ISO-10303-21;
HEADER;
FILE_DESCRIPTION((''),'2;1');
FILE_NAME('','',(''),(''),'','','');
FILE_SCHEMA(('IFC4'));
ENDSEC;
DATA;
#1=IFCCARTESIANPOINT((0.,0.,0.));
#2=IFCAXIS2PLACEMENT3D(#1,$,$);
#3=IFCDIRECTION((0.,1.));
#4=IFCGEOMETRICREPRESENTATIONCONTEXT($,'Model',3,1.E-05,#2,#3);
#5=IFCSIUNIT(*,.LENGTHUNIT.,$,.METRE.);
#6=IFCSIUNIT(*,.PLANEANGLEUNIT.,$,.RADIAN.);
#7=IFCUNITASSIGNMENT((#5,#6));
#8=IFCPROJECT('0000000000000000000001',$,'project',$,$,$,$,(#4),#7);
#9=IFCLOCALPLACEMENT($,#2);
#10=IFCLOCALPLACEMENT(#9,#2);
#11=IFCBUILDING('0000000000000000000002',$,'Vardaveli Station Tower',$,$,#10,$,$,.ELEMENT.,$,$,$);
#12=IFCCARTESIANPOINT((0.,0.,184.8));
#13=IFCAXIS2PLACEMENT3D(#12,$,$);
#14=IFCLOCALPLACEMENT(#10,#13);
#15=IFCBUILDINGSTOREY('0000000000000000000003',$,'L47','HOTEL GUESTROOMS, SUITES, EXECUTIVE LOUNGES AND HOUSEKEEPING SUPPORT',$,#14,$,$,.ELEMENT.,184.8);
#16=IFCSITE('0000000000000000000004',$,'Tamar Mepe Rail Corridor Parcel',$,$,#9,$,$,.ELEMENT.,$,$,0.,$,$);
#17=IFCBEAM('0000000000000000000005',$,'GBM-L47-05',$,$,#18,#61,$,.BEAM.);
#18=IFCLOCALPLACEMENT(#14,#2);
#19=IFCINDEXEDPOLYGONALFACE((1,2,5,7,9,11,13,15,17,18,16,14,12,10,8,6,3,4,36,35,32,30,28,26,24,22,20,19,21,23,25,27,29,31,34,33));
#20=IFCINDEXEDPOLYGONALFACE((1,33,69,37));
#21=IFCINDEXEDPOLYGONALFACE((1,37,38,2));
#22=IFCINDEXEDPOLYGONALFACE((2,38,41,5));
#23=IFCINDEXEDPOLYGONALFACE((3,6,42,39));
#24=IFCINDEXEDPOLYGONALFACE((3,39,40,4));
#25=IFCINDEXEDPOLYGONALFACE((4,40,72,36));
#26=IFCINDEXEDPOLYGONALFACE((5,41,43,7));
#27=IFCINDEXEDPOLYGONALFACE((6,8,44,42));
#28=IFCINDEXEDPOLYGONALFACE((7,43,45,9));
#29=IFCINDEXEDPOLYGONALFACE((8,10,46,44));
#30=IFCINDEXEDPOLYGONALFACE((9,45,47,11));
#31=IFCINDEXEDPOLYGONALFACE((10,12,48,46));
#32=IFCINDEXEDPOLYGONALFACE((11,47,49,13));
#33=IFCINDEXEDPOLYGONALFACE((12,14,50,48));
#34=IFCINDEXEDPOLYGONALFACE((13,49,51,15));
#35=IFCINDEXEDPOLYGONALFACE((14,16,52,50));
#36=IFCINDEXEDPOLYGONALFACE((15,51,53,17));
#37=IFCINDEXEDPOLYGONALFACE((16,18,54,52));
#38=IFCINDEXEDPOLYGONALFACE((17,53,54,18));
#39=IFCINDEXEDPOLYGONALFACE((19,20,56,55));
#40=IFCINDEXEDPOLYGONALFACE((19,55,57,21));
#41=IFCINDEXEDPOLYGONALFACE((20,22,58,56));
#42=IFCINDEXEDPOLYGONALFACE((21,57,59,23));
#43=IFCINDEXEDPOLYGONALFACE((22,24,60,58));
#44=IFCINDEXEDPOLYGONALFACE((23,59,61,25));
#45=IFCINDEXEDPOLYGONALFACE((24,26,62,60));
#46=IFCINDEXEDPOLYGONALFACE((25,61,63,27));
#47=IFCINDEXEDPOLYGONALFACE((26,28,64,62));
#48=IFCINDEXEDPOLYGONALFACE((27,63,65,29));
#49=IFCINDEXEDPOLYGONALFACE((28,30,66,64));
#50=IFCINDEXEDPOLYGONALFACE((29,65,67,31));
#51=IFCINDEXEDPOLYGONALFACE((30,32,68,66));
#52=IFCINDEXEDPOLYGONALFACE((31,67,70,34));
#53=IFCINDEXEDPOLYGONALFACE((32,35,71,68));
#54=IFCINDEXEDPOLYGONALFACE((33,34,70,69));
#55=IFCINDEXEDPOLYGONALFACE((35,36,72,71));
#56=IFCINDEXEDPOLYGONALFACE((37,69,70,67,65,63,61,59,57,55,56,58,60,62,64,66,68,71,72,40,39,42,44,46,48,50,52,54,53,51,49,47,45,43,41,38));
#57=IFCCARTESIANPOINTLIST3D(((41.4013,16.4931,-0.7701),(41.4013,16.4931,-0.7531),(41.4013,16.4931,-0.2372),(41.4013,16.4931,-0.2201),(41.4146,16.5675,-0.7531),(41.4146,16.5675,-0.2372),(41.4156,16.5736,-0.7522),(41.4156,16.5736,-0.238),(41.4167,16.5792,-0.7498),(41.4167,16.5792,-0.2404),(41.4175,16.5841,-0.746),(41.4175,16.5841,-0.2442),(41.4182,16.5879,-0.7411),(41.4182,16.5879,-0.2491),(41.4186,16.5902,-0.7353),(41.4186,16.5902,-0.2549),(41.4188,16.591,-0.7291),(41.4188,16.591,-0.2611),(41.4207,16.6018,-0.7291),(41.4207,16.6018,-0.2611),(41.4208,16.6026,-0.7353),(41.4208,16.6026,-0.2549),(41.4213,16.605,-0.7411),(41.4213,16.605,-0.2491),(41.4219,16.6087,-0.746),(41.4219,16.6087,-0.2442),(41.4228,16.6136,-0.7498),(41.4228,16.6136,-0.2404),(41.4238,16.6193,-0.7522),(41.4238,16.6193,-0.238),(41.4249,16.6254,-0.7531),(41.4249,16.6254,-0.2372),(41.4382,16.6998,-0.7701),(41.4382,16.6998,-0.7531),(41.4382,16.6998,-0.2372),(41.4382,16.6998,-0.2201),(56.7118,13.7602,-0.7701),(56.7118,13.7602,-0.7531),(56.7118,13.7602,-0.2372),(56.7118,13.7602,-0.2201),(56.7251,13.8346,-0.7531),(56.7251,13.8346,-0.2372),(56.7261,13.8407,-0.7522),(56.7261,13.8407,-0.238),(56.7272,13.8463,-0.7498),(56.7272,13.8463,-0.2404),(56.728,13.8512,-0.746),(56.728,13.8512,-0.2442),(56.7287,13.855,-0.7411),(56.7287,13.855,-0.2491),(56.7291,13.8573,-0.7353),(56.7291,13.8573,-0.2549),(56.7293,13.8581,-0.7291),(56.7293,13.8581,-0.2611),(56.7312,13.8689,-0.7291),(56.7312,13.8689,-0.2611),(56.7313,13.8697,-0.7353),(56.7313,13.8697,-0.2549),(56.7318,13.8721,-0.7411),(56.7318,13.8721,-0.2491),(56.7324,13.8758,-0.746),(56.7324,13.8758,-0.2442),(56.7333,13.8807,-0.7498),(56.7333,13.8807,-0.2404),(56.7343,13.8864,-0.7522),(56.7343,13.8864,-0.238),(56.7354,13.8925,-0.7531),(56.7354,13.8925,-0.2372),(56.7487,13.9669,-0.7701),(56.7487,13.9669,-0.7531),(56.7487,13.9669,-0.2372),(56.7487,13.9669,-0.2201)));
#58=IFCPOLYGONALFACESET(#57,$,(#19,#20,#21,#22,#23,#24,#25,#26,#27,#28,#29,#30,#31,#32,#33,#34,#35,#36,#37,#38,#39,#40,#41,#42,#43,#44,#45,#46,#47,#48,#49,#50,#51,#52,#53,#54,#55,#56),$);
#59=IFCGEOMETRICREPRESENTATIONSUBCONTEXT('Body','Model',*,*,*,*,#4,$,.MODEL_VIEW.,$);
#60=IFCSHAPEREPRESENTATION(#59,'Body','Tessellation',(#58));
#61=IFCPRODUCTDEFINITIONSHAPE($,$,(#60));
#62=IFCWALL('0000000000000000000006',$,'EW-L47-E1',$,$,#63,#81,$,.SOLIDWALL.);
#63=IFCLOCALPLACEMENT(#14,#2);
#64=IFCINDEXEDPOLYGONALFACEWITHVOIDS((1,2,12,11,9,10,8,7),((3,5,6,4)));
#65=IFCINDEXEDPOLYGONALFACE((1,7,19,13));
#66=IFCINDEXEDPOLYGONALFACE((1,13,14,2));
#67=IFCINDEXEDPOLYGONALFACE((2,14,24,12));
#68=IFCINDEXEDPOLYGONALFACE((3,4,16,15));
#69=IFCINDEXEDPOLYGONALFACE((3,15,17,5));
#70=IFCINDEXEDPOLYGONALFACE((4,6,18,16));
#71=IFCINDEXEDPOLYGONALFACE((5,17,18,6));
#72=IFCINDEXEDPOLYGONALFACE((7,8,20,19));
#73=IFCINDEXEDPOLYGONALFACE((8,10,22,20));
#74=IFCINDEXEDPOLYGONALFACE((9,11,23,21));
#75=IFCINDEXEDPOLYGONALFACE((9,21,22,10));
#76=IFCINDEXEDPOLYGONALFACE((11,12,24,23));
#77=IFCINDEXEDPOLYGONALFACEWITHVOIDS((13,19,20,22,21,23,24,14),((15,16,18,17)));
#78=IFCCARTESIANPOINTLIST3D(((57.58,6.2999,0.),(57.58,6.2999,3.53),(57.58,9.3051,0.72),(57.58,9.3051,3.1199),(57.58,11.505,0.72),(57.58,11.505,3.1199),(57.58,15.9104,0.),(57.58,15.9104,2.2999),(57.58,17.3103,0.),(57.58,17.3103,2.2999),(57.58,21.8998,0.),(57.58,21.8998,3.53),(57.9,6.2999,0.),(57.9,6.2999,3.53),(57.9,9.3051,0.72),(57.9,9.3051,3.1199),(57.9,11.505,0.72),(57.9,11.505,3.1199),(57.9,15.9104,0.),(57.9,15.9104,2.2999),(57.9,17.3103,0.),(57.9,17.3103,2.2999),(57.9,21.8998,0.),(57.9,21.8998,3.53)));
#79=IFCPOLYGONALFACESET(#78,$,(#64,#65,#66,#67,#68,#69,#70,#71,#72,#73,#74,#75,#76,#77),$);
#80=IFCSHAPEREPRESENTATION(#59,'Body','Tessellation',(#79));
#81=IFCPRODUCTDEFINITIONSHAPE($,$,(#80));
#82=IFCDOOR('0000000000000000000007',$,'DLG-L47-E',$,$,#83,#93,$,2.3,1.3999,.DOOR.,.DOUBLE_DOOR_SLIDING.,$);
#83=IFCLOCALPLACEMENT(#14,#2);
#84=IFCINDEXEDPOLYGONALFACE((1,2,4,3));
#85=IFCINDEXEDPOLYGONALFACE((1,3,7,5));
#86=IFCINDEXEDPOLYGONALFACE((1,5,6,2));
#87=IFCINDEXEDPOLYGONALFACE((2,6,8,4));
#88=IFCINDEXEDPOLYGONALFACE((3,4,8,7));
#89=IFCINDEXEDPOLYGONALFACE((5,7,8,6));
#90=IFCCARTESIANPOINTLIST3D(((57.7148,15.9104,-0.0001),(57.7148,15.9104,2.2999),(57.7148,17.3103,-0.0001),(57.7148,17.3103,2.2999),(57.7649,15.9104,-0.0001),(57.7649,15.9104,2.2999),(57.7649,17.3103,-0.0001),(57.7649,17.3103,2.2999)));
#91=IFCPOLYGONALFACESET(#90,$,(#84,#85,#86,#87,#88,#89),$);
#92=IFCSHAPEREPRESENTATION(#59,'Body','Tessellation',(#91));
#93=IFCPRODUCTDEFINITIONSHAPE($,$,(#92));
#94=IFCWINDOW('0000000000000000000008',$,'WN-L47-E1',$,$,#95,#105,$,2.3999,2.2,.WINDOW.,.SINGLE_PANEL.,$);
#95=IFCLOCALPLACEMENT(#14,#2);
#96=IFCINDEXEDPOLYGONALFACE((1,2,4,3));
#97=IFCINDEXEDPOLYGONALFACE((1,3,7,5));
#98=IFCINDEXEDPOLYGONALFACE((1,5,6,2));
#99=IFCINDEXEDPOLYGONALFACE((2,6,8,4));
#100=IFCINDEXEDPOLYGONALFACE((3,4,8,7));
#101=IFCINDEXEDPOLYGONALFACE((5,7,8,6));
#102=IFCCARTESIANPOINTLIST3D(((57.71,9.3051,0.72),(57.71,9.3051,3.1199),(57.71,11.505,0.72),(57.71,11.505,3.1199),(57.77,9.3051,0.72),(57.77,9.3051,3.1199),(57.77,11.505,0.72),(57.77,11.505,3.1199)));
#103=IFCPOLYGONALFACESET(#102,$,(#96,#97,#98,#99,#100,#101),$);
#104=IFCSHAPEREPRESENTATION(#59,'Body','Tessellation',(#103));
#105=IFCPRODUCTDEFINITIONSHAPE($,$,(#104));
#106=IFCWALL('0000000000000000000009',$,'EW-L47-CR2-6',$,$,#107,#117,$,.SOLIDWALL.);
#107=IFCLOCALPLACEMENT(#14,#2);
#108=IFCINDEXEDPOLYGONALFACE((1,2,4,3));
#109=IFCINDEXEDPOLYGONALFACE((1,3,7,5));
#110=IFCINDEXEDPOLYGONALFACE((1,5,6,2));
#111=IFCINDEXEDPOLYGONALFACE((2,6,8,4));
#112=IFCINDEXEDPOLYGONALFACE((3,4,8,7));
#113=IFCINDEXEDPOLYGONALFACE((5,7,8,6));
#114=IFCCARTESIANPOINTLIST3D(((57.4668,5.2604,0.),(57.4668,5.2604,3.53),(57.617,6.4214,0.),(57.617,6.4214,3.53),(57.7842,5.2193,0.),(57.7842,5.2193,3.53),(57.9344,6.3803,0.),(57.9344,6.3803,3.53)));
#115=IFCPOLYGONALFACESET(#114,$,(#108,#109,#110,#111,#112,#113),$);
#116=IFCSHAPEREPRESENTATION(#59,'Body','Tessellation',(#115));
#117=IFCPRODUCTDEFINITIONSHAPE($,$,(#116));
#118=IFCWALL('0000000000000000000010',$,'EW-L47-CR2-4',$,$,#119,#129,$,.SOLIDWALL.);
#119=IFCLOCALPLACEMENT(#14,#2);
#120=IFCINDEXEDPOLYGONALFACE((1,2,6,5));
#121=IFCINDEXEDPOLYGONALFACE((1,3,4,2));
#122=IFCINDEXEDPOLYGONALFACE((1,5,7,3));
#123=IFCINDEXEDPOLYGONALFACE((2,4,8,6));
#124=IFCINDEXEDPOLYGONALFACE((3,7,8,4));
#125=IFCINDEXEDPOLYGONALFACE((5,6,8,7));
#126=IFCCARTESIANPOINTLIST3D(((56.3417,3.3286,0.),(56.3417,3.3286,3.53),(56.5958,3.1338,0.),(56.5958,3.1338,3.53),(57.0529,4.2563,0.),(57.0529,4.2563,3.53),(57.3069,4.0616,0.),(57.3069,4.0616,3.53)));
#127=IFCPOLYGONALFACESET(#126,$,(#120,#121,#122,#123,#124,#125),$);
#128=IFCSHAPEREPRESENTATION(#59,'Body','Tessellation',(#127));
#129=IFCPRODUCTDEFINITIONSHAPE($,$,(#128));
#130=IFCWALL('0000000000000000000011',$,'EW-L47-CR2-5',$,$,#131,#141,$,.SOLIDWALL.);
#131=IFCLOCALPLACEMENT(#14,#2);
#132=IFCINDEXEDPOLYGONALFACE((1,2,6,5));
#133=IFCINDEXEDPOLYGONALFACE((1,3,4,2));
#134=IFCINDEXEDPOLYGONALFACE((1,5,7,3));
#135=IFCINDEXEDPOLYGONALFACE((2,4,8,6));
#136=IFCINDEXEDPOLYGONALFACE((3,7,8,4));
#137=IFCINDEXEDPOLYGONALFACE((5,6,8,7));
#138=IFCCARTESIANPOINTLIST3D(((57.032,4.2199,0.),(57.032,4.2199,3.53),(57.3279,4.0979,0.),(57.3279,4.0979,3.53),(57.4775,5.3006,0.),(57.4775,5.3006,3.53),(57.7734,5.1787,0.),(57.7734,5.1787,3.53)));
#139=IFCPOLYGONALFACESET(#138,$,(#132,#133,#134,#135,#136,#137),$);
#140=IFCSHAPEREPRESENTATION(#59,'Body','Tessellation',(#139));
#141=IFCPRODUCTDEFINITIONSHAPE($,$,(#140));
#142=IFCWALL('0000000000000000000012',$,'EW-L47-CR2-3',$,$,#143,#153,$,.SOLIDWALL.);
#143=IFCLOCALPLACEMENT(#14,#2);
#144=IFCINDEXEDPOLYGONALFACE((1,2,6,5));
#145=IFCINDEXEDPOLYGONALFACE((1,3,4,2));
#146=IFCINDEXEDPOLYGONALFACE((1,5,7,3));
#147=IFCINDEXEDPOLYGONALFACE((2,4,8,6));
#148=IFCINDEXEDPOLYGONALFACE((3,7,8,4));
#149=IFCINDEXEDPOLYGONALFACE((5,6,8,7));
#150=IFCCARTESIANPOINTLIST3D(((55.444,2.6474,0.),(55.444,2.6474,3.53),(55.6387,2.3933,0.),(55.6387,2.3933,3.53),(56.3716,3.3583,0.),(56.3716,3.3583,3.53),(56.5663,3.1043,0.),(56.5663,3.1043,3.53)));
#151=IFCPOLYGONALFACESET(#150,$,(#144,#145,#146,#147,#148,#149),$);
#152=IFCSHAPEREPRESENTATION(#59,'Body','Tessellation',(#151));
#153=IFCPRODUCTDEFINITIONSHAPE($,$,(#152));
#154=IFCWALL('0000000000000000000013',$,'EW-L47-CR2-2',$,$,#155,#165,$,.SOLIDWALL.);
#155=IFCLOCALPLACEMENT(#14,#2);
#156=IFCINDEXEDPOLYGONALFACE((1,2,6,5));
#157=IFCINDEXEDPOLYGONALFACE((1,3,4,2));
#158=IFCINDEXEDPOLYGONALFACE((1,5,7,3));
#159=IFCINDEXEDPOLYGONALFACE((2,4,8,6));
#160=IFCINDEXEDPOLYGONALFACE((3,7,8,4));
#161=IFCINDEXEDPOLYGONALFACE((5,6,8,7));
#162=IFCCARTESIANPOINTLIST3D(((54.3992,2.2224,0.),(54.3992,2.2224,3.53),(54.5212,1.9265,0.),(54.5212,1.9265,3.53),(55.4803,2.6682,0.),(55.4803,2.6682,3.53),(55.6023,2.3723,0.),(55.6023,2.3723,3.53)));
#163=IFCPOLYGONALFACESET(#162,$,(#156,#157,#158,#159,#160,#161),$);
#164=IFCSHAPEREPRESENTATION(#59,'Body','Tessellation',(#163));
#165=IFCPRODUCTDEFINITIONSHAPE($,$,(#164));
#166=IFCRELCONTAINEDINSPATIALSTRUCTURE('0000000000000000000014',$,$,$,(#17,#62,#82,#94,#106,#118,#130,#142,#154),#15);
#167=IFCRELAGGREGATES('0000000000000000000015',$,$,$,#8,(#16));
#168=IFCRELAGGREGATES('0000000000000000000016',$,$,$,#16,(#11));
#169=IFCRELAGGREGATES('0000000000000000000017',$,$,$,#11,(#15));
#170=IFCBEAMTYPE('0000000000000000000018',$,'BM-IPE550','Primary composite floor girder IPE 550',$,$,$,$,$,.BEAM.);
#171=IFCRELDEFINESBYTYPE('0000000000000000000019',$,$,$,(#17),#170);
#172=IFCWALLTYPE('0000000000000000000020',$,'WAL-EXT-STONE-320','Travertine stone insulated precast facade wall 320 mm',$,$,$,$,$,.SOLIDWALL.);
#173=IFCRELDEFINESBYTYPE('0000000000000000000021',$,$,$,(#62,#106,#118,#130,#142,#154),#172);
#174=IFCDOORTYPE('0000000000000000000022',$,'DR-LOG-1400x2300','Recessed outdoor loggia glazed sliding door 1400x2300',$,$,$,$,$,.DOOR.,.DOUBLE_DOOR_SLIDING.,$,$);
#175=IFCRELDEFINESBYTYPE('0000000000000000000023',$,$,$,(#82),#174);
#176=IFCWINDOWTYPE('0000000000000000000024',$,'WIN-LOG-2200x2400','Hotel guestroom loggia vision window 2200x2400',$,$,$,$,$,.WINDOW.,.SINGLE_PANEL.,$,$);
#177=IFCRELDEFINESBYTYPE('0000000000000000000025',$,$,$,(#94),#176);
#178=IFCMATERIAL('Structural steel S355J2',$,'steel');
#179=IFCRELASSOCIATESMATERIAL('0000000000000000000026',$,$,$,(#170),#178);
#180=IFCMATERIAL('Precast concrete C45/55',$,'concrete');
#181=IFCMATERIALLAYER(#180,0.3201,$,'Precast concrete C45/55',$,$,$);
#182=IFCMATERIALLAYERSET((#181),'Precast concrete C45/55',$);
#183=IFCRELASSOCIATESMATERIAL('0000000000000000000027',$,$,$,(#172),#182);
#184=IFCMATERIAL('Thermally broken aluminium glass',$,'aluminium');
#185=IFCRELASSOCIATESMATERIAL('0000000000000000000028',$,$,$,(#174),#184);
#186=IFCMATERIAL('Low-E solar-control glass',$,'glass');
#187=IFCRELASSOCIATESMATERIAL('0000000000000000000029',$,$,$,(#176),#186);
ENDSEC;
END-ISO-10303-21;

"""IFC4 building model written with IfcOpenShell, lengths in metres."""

from ifc_helpers import new_model, si_unit, direction, frame, frame_2d, origin, origin_2d, place, context, subcontext, project, spatial, rectangle, i_section, extrude, source, transform, mapped, material, layer, layer_set, material_profile, profile_set, type_object, element, fill, save


model = new_model("IFC4")

# Units and contexts
model_context = context("Model", 3, precision=1e-05, world=origin(), true_north=direction((0.0, 1.0)))
body_context = subcontext(model_context, "Body", "Model", "MODEL_VIEW")
ifc_project = project(units=[si_unit("LENGTHUNIT", "METRE"), si_unit("PLANEANGLEUNIT", "RADIAN")], contexts=[model_context])

# Site, building, storey
site_placement = place(None, origin())
site = spatial("IfcSite", under=ifc_project, at=site_placement, Name="Tamar Mepe Rail Corridor Parcel", CompositionType="ELEMENT", RefElevation=0.0)
building_placement = place(site_placement, origin())
building = spatial("IfcBuilding", under=site, at=building_placement, Name="Vardaveli Station Tower", CompositionType="ELEMENT")
storey_placement = place(building_placement, frame((0.0, 0.0, 184.8)))
storey = spatial("IfcBuildingStorey", under=building, at=storey_placement, Name="L47", Description="HOTEL GUESTROOMS, SUITES, EXECUTIVE LOUNGES AND HOUSEKEEPING SUPPORT", CompositionType="ELEMENT", Elevation=184.8)

# Beam
ifc_material_1 = material(Name="Precast concrete C45/55", Category="concrete")
ifc_material_2 = material(Name="Structural steel S355J2", Category="steel")
ifc_material_profile_1 = material_profile(ifc_material_2, i_section(OverallWidth=0.21, OverallDepth=0.55, WebThickness=0.011, FlangeThickness=0.0171, FilletRadius=0.0239, at=origin_2d()), Name="IPE 550")
ifc_profile_set_1 = profile_set([ifc_material_profile_1], Name="Structural steel S355J2")
beam_type_1 = type_object("IfcBeamType", Name="BM-IPE550", Description="Primary composite floor girder IPE 550", PredefinedType="BEAM", material=ifc_profile_set_1)
shared_shape_1 = source(origin(), body_context, "Body", "SweptSolid", [
    extrude(i_section(OverallWidth=0.21, OverallDepth=0.55, WebThickness=0.011, FlangeThickness=0.0171, FilletRadius=0.0239, at=origin_2d()), origin(), (0.0, 0.0, 1.0), 15.5525),
])
beam_1_placement = place(storey_placement, frame((56.7302, 13.8635, -0.4951), z_axis=(-0.98444, 0.175721, 0.0), x_axis=(-0.175721, -0.98444, 0.0)))
element("IfcBeam", 1, at=beam_1_placement, inside=storey, type_object=beam_type_1, Name="GBM-L47-05", PredefinedType="BEAM", context=body_context, shape_type="MappedRepresentation", body=[
    mapped(shared_shape_1, transform((0.0, 0.0, 0.0), scale=1.0)),
])

# Wall, openings, door, window
ifc_layer_1 = layer(ifc_material_1, 0.3201, Name="Precast concrete C45/55")
ifc_layer_set_1 = layer_set([ifc_layer_1], Name="Precast concrete C45/55")
wall_type_1 = type_object("IfcWallType", Name="WAL-EXT-STONE-320", Description="Travertine stone insulated precast facade wall 320 mm", PredefinedType="SOLIDWALL", material=ifc_layer_set_1)
shared_shape_2 = source(origin(), body_context, "Body", "SweptSolid", [
    extrude(rectangle(XDim=15.5999, YDim=0.3201, at=frame_2d((7.7998, 0.0))), origin(), (0.0, 0.0, 1.0), 3.53),
])
wall_1_placement = place(storey_placement, frame((57.74, 6.3, 0.0), z_axis=(0.0, 0.0, 1.0), x_axis=(0.0, 1.0, 0.0)))
wall_1 = element("IfcWall", 2, at=wall_1_placement, inside=storey, type_object=wall_type_1, Name="EW-L47-E1", PredefinedType="SOLIDWALL", context=body_context, shape_type="MappedRepresentation", body=[
    mapped(shared_shape_2, transform((0.0, 0.0, 0.0), scale=1.0)),
])
shared_shape_3 = source(origin(), body_context, "Body", "SweptSolid", [
    extrude(rectangle(XDim=1.3999, YDim=2.3, at=frame_2d((0.7, 1.1499))), frame((0.0, 0.1699, 0.0), z_axis=(0.0, -1.0, 0.0), x_axis=(1.0, 0.0, 0.0)), (0.0, 0.0, 1.0), 0.3401),
])
opening_1_placement = place(wall_1_placement, frame((9.6104, 0.0, 0.0)))
opening_1 = element("IfcOpeningElement", 3, at=opening_1_placement, cuts=wall_1, PredefinedType="OPENING", context=body_context, shape_type="MappedRepresentation", body=[
    mapped(shared_shape_3, transform((0.0, 0.0, 0.0), scale=1.0)),
])
shared_shape_4 = source(origin(), body_context, "Body", "SweptSolid", [
    extrude(rectangle(XDim=2.2, YDim=2.3999, at=frame_2d((1.1001, 1.2))), frame((0.0, 0.1699, 0.0), z_axis=(0.0, -1.0, 0.0), x_axis=(1.0, 0.0, 0.0)), (0.0, 0.0, 1.0), 0.3401),
])
opening_2_placement = place(wall_1_placement, frame((3.0049, 0.0, 0.72)))
opening_2 = element("IfcOpeningElement", 4, at=opening_2_placement, cuts=wall_1, PredefinedType="OPENING", context=body_context, shape_type="MappedRepresentation", body=[
    mapped(shared_shape_4, transform((0.0, 0.0, 0.0), scale=1.0)),
])
ifc_material_3 = material(Name="Thermally broken aluminium glass", Category="aluminium")
door_type_1 = type_object("IfcDoorType", Name="DR-LOG-1400x2300", Description="Recessed outdoor loggia glazed sliding door 1400x2300", OperationType="DOUBLE_DOOR_SLIDING", PredefinedType="DOOR", material=ifc_material_3)
shared_shape_5 = source(origin(), body_context, "Body", "SweptSolid", [
    extrude(rectangle(XDim=1.3999, YDim=2.3, at=frame_2d((0.7, 1.1499))), frame((0.0, 0.0249, 0.0), z_axis=(0.0, -1.0, 0.0), x_axis=(1.0, 0.0, 0.0)), (0.0, 0.0, 1.0), 0.05),
])
door_1_placement = place(opening_1_placement, frame((1.3999, 0.0, 0.0), z_axis=(0.0, 0.0, 1.0), x_axis=(-1.0, 0.0, 0.0)))
door_1 = element("IfcDoor", 5, at=door_1_placement, inside=storey, type_object=door_type_1, Name="DLG-L47-E", OperationType="DOUBLE_DOOR_SLIDING", OverallHeight=2.3, OverallWidth=1.3999, PredefinedType="DOOR", context=body_context, shape_type="MappedRepresentation", body=[
    mapped(shared_shape_5, transform((0.0, 0.0, 0.0), scale=1.0)),
])
fill(opening_1, door_1)
ifc_material_4 = material(Name="Low-E solar-control glass", Category="glass")
window_type = type_object("IfcWindowType", Name="WIN-LOG-2200x2400", Description="Hotel guestroom loggia vision window 2200x2400", PartitioningType="SINGLE_PANEL", PredefinedType="WINDOW", material=ifc_material_4)
shared_shape_6 = source(origin(), body_context, "Body", "SweptSolid", [
    extrude(rectangle(XDim=2.2, YDim=2.3999, at=frame_2d((1.1001, 1.2))), frame((0.0, 0.03, 0.0), z_axis=(0.0, -1.0, 0.0), x_axis=(1.0, 0.0, 0.0)), (0.0, 0.0, 1.0), 0.0601),
])
window_placement = place(opening_2_placement, origin())
window = element("IfcWindow", 6, at=window_placement, inside=storey, type_object=window_type, Name="WN-L47-E1", OverallHeight=2.3999, OverallWidth=2.2, PartitioningType="SINGLE_PANEL", PredefinedType="WINDOW", context=body_context, shape_type="MappedRepresentation", body=[
    mapped(shared_shape_6, transform((0.0, 0.0, 0.0), scale=1.0)),
])
fill(opening_2, window)

# Walls
shared_shape_7 = source(origin(), body_context, "Body", "SweptSolid", [
    extrude(rectangle(XDim=1.1707, YDim=0.3201, at=frame_2d((0.5854, 0.0))), origin(), (0.0, 0.0, 1.0), 3.53),
])
wall_2_placement = place(storey_placement, frame((57.6255, 5.2397, 0.0), z_axis=(0.0, 0.0, 1.0), x_axis=(0.128269, 0.991739, 0.0)))
element("IfcWall", 7, at=wall_2_placement, inside=storey, type_object=wall_type_1, Name="EW-L47-CR2-6", PredefinedType="SOLIDWALL", context=body_context, shape_type="MappedRepresentation", body=[
    mapped(shared_shape_7, transform((0.0, 0.0, 0.0), scale=1.0)),
])
shared_shape_8 = source(origin(), body_context, "Body", "SweptSolid", [
    extrude(rectangle(XDim=1.1689, YDim=0.3201, at=frame_2d((0.5845, 0.0))), origin(), (0.0, 0.0, 1.0), 3.53),
])
for number, where, z_axis, x_axis, name in (
    (8, (56.4688, 3.2312, 0.0), (0.0, 0.0, 1.0), (0.608388, 0.79364, 0.0), "EW-L47-CR2-4"),
    (9, (57.1799, 4.1589, 0.0), (0.0, 0.0, 1.0), (0.381128, 0.924522, 0.0), "EW-L47-CR2-5"),
):
    element("IfcWall", number, at=place(storey_placement, frame(where, z_axis=z_axis, x_axis=x_axis)), inside=storey, type_object=wall_type_1, Name=name, PredefinedType="SOLIDWALL", context=body_context, shape_type="MappedRepresentation", body=[
        mapped(shared_shape_8, transform((0.0, 0.0, 0.0), scale=1.0)),
    ])
shared_shape_9 = source(origin(), body_context, "Body", "SweptSolid", [
    extrude(rectangle(XDim=1.1687, YDim=0.3201, at=frame_2d((0.5845, 0.0))), origin(), (0.0, 0.0, 1.0), 3.53),
])
wall_3_placement = place(storey_placement, frame((55.5413, 2.5203, 0.0), z_axis=(0.0, 0.0, 1.0), x_axis=(0.793664, 0.608357, 0.0)))
element("IfcWall", 10, at=wall_3_placement, inside=storey, type_object=wall_type_1, Name="EW-L47-CR2-3", PredefinedType="SOLIDWALL", context=body_context, shape_type="MappedRepresentation", body=[
    mapped(shared_shape_9, transform((0.0, 0.0, 0.0), scale=1.0)),
])
shared_shape_10 = source(origin(), body_context, "Body", "SweptSolid", [
    extrude(rectangle(XDim=1.1694, YDim=0.3201, at=frame_2d((0.5847, 0.0))), origin(), (0.0, 0.0, 1.0), 3.53),
])
wall_4_placement = place(storey_placement, frame((54.4602, 2.0745, 0.0), z_axis=(0.0, 0.0, 1.0), x_axis=(0.924479, 0.381233, 0.0)))
element("IfcWall", 11, at=wall_4_placement, inside=storey, type_object=wall_type_1, Name="EW-L47-CR2-2", PredefinedType="SOLIDWALL", context=body_context, shape_type="MappedRepresentation", body=[
    mapped(shared_shape_10, transform((0.0, 0.0, 0.0), scale=1.0)),
])

save(model, "model.ifc")
